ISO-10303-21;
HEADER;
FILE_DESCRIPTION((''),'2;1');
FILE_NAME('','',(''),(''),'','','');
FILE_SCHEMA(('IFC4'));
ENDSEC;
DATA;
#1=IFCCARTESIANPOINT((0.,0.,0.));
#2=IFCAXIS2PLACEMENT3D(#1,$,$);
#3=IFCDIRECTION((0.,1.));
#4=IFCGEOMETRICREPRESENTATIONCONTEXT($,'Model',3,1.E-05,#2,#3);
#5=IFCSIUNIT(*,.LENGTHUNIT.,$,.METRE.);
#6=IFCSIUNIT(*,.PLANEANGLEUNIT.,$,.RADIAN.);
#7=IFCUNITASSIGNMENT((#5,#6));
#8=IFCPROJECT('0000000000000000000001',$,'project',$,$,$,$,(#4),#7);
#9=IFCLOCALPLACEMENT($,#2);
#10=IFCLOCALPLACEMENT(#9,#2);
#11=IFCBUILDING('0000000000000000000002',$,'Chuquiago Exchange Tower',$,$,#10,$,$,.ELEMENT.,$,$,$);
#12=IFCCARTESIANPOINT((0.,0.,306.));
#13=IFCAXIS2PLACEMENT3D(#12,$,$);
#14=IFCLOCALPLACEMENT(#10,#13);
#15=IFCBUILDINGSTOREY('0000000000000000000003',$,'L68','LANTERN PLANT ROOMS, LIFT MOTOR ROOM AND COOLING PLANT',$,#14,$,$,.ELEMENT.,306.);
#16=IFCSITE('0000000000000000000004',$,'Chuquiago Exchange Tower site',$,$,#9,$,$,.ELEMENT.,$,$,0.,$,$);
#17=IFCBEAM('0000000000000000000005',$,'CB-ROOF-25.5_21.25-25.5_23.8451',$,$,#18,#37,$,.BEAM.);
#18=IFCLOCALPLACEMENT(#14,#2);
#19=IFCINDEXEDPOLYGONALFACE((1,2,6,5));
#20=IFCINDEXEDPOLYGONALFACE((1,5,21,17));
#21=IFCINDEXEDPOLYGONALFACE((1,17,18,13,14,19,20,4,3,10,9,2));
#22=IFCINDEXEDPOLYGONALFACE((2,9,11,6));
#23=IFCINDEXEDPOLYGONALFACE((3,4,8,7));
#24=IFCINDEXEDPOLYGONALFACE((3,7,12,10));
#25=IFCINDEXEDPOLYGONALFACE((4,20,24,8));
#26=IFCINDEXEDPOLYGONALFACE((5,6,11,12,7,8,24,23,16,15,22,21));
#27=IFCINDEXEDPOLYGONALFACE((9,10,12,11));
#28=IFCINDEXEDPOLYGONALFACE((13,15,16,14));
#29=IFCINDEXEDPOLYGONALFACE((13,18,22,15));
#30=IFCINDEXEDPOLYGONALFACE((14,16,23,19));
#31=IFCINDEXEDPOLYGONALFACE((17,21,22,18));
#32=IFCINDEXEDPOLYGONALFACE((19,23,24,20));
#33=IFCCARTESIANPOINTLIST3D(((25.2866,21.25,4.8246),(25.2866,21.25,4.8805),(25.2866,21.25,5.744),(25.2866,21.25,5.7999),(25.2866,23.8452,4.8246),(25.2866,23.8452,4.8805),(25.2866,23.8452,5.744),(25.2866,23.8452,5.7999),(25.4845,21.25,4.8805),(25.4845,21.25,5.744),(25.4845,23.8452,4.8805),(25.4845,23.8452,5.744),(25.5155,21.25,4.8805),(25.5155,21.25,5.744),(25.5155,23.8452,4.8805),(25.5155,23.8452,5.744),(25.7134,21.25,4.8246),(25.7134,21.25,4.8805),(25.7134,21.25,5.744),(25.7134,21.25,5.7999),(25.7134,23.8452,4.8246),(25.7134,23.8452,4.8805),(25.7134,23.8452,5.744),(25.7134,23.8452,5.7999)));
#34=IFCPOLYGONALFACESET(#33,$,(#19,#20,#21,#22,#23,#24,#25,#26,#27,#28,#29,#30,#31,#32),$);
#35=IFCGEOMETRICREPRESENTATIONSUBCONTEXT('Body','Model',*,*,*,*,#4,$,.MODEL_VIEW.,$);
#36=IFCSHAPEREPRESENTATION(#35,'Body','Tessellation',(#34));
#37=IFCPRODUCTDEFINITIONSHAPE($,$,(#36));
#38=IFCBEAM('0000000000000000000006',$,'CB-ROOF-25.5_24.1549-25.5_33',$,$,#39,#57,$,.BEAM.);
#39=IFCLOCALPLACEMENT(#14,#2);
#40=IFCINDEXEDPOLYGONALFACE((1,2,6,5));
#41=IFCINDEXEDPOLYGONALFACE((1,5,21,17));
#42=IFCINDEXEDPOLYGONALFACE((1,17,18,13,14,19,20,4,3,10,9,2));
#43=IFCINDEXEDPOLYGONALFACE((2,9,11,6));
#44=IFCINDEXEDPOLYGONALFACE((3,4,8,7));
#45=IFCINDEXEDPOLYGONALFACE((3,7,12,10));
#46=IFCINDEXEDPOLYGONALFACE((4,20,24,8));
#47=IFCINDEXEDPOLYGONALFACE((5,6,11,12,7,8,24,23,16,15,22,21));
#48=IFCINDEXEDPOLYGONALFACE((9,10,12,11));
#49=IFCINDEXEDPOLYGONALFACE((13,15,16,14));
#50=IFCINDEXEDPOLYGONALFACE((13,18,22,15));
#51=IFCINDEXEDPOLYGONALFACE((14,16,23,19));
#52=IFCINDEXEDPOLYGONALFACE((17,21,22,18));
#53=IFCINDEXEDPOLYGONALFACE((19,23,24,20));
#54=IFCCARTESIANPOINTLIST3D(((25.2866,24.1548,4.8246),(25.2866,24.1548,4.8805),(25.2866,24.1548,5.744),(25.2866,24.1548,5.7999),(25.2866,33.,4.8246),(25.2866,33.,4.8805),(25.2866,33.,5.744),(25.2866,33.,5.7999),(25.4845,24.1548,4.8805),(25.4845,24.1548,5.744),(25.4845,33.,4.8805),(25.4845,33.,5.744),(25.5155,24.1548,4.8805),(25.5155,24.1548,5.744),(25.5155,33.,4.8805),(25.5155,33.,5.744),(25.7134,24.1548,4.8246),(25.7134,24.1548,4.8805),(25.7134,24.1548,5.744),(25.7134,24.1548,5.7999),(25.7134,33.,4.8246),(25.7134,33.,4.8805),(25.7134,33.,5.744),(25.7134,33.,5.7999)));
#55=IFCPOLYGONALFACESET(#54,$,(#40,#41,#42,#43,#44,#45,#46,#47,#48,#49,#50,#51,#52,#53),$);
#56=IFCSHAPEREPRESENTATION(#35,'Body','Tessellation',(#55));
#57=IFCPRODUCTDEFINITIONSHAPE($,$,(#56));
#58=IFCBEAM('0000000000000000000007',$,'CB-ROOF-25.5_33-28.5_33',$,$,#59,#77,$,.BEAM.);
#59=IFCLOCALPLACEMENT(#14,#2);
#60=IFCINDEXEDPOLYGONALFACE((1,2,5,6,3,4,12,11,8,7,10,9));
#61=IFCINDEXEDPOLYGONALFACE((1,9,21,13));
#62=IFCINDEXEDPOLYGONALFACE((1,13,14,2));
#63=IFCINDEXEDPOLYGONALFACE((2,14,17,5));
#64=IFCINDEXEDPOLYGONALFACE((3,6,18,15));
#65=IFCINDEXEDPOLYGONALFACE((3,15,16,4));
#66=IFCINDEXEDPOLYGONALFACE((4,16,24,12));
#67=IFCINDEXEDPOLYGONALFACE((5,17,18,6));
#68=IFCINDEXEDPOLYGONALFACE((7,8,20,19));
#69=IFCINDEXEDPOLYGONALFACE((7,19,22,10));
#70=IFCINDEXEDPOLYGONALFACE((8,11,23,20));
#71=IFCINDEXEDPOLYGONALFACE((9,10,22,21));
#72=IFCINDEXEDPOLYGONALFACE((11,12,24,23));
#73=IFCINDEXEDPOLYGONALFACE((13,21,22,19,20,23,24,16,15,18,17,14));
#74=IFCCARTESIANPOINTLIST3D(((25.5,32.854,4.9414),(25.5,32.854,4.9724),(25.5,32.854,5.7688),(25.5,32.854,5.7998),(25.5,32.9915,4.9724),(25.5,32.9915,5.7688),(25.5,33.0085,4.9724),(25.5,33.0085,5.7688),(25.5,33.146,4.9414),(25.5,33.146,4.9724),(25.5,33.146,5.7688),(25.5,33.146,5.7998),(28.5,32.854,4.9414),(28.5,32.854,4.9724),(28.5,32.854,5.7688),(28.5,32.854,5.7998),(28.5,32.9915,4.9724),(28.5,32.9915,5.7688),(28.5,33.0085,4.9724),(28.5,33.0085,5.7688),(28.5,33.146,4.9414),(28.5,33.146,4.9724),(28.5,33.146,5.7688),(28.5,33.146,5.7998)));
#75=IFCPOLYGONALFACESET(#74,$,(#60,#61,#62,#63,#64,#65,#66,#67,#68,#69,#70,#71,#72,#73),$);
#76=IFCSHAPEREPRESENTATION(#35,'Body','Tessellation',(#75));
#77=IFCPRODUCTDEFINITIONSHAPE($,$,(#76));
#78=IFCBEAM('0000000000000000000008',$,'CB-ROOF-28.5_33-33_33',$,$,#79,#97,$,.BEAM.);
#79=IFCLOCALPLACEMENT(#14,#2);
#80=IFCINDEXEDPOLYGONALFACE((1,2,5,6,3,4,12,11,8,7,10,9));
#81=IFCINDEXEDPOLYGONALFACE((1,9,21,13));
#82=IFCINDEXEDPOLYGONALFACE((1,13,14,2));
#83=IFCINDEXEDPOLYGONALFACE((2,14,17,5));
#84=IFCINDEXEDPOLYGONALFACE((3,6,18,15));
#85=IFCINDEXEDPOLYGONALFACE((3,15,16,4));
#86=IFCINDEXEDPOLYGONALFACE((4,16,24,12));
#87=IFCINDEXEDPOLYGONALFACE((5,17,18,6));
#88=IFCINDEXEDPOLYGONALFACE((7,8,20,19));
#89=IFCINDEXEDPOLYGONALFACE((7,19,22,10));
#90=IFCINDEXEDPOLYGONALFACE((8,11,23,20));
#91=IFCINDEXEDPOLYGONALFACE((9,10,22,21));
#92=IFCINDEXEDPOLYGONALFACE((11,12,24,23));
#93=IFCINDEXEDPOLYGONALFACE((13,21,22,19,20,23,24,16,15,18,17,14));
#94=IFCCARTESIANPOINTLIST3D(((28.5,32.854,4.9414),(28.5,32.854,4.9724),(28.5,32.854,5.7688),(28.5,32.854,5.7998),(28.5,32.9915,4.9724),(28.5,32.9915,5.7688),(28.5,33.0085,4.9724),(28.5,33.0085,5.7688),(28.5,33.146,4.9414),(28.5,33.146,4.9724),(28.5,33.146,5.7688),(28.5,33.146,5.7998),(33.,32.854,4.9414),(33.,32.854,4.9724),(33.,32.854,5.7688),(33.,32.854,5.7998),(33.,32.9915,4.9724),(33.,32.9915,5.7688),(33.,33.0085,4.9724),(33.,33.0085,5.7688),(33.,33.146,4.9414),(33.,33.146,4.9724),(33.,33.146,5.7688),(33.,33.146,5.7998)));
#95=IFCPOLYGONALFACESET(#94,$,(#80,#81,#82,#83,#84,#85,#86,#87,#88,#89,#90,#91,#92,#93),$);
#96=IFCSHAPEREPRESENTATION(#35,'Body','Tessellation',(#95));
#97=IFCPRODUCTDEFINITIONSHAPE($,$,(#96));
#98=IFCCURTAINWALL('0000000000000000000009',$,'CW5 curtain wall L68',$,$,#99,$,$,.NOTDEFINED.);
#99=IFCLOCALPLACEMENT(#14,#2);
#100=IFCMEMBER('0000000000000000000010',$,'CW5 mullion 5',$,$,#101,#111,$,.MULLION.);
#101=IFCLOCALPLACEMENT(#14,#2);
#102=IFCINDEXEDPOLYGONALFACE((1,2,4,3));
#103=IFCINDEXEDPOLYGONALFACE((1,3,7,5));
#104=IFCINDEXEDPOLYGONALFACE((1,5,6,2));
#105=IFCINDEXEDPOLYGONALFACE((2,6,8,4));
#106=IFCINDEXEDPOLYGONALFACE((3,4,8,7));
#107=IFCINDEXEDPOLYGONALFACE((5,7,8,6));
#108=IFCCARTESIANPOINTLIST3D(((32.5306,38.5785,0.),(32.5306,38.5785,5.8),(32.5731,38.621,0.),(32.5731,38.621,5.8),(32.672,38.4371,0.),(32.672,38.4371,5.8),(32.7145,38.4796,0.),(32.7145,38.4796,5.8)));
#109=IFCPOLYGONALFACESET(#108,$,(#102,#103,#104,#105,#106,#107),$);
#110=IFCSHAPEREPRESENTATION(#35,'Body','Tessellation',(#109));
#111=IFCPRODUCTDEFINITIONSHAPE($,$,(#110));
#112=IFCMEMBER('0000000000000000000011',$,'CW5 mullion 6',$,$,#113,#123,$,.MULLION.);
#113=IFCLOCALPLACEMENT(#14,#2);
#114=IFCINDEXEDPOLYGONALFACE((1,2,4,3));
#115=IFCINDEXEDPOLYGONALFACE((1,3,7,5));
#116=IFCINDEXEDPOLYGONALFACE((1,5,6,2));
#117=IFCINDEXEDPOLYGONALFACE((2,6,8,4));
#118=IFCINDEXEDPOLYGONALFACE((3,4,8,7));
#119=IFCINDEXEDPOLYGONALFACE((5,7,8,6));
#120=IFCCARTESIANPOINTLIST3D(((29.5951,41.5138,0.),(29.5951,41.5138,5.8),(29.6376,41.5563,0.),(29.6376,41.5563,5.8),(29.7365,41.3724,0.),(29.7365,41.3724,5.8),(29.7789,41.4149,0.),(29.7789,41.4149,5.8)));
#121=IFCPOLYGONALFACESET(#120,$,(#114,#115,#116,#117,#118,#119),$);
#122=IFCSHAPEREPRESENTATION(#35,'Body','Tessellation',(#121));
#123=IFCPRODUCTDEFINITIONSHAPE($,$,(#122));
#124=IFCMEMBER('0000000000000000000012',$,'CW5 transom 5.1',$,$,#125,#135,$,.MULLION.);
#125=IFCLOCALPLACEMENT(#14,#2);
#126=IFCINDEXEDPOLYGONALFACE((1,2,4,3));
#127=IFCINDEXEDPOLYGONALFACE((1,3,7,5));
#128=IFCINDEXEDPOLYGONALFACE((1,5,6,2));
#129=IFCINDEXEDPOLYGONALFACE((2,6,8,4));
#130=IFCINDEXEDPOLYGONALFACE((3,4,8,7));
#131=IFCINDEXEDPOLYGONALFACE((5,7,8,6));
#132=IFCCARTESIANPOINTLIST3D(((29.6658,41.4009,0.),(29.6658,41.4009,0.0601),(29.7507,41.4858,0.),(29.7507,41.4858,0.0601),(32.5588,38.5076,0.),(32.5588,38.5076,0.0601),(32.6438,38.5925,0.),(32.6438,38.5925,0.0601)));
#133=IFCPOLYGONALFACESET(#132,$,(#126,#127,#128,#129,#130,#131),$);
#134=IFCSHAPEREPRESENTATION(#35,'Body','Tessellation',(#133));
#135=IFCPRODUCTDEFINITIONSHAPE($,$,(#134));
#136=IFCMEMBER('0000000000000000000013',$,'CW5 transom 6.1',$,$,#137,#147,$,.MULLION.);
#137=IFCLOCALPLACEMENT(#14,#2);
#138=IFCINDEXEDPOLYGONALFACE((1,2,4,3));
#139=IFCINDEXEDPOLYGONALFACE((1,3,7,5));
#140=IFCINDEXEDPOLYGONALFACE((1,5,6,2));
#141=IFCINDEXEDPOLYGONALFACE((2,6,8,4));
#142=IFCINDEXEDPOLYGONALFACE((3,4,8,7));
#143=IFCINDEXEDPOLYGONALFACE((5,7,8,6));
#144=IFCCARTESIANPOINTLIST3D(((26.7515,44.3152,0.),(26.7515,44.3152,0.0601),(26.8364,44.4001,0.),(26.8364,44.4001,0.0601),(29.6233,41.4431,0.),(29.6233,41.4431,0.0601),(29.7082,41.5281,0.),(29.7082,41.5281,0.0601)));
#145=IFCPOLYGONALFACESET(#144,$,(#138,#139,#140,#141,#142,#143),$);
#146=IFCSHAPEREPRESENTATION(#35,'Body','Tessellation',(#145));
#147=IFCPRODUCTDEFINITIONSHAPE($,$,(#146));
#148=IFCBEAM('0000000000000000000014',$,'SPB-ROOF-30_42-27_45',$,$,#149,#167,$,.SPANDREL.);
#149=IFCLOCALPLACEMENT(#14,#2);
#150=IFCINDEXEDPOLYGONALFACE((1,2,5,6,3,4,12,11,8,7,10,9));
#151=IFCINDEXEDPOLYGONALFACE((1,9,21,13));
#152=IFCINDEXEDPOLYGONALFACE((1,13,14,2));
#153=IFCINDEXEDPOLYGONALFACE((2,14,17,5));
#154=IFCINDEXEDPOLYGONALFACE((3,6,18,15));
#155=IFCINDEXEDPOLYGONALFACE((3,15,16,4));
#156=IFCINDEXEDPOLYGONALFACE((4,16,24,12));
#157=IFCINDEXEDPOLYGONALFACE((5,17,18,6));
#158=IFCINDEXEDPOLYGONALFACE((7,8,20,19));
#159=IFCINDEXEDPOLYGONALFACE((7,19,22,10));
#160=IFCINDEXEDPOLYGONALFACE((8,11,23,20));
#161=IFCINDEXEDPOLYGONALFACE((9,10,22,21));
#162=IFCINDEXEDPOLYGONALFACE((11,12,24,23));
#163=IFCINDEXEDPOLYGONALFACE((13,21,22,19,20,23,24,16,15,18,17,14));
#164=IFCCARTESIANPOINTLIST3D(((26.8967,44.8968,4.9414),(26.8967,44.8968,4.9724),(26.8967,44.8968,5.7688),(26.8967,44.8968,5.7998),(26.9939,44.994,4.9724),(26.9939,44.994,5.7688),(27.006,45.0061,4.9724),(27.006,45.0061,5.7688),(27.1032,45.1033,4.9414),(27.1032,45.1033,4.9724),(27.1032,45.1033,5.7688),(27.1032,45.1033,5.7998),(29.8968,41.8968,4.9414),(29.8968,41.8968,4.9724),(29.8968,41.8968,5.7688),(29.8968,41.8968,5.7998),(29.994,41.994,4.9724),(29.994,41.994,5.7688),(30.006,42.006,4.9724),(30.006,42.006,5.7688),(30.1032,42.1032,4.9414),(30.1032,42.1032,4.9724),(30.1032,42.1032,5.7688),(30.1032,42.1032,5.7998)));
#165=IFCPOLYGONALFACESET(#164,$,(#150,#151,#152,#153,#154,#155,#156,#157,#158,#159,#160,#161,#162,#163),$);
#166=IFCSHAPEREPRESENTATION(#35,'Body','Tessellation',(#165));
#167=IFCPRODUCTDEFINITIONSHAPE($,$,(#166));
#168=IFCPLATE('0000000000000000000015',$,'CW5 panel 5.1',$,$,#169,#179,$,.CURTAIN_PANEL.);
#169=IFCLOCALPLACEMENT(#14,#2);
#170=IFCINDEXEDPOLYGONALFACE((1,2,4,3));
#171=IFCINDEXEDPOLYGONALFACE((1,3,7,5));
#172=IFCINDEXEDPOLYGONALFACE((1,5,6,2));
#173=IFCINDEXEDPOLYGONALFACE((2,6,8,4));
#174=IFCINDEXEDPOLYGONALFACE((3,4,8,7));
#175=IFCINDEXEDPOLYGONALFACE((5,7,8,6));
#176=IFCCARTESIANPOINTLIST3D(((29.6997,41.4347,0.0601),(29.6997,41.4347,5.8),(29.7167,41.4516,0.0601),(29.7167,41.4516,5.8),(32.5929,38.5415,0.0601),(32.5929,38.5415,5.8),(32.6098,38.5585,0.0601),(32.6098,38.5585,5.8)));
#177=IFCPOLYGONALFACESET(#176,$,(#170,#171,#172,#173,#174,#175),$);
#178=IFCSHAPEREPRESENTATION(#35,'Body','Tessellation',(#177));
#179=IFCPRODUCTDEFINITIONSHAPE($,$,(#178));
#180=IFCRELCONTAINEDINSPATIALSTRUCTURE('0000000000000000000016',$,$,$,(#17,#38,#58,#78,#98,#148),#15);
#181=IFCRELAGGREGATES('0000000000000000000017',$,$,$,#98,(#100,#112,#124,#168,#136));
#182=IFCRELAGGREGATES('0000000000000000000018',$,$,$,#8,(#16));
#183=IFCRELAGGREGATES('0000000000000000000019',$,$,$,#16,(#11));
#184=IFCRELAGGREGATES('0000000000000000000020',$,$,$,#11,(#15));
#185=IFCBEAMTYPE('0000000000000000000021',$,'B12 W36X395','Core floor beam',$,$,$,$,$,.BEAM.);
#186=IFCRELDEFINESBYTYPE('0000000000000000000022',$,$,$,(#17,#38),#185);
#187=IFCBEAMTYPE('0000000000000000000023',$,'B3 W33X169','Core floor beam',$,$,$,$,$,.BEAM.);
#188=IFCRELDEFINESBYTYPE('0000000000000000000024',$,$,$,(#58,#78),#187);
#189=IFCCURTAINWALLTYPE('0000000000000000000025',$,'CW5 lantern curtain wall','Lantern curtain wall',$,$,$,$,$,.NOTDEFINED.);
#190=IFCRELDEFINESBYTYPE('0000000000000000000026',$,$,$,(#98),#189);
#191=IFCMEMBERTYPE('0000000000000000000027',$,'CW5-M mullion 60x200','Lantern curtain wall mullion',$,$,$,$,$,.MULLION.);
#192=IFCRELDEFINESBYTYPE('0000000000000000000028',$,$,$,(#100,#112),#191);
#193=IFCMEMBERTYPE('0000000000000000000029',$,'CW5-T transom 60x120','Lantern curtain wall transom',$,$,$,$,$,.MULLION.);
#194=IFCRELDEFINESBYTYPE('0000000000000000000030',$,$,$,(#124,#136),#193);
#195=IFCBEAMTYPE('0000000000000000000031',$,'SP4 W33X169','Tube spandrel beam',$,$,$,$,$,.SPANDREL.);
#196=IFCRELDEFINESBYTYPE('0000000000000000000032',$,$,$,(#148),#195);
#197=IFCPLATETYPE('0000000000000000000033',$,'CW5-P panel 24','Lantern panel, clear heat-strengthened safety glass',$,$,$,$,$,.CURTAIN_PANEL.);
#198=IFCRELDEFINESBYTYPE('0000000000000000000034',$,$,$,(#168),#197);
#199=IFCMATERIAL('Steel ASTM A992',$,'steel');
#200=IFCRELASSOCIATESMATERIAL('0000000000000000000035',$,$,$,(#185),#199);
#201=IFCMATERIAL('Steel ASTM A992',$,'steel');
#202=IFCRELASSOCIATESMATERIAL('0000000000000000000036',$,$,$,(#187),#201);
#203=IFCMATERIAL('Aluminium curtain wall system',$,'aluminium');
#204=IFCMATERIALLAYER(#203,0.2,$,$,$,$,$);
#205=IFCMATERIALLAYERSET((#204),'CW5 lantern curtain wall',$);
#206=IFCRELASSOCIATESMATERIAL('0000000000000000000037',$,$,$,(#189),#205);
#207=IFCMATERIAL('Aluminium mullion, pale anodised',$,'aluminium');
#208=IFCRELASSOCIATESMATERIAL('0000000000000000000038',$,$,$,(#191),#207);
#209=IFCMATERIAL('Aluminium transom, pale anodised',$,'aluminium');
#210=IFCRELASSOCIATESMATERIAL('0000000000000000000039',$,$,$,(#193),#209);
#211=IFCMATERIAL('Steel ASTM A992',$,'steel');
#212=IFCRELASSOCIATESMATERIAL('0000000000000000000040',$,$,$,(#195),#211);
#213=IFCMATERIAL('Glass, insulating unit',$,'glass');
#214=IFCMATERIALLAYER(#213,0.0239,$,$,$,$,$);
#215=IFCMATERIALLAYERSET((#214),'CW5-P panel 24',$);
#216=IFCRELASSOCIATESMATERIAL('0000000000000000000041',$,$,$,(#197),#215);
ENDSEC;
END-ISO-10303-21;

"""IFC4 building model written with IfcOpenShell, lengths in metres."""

from ifc_helpers import new_model, si_unit, direction, frame, origin, origin_2d, place, context, subcontext, project, spatial, rectangle, i_section, extrude, material, layer, layer_set, material_profile, profile_set, type_object, element, aggregate, save


model = new_model("IFC4")

# Units and contexts
model_context = context("Model", 3, precision=1e-05, world=origin(), true_north=direction((0.0, 1.0)))
body_context = subcontext(model_context, "Body", "Model", "MODEL_VIEW")
ifc_project = project(units=[si_unit("LENGTHUNIT", "METRE"), si_unit("PLANEANGLEUNIT", "RADIAN")], contexts=[model_context])

# Site, building, storey
site_placement = place(None, origin())
site = spatial("IfcSite", under=ifc_project, at=site_placement, Name="Chuquiago Exchange Tower site", CompositionType="ELEMENT", RefElevation=0.0)
building_placement = place(site_placement, origin())
building = spatial("IfcBuilding", under=site, at=building_placement, Name="Chuquiago Exchange Tower", CompositionType="ELEMENT")
storey_placement = place(building_placement, frame((0.0, 0.0, 306.0)))
storey = spatial("IfcBuildingStorey", under=building, at=storey_placement, Name="L68", Description="LANTERN PLANT ROOMS, LIFT MOTOR ROOM AND COOLING PLANT", CompositionType="ELEMENT", Elevation=306.0)

# Beams
ifc_material_1 = material(Name="Steel ASTM A992", Category="steel")
ifc_material_profile_1 = material_profile(ifc_material_1, i_section(OverallWidth=0.4268, OverallDepth=0.9753, WebThickness=0.031, FlangeThickness=0.0559, at=origin_2d()), Name="W36X395")
ifc_profile_set_1 = profile_set([ifc_material_profile_1], Name="Steel ASTM A992")
beam_type_1 = type_object("IfcBeamType", Name="B12 W36X395", Description="Core floor beam", PredefinedType="BEAM", material=ifc_profile_set_1)
beam_1_placement = place(storey_placement, frame((25.5, 21.25, 5.3123), z_axis=(0.0, 1.0, 0.0), x_axis=(-1.0, 0.0, 0.0)))
element("IfcBeam", 1, at=beam_1_placement, inside=storey, type_object=beam_type_1, Name="CB-ROOF-25.5_21.25-25.5_23.8451", PredefinedType="BEAM", context=body_context, shape_type="SweptSolid", body=[
    extrude(i_section(OverallWidth=0.4268, OverallDepth=0.9753, WebThickness=0.031, FlangeThickness=0.0559, at=origin_2d()), origin(), (0.0, 0.0, 1.0), 2.5952),
])
beam_2_placement = place(storey_placement, frame((25.5, 24.1548, 5.3123), z_axis=(0.0, 1.0, 0.0), x_axis=(-1.0, 0.0, 0.0)))
element("IfcBeam", 2, at=beam_2_placement, inside=storey, type_object=beam_type_1, Name="CB-ROOF-25.5_24.1549-25.5_33", PredefinedType="BEAM", context=body_context, shape_type="SweptSolid", body=[
    extrude(i_section(OverallWidth=0.4268, OverallDepth=0.9753, WebThickness=0.031, FlangeThickness=0.0559, at=origin_2d()), origin(), (0.0, 0.0, 1.0), 8.8452),
])
ifc_material_2 = material(Name="Steel ASTM A992", Category="steel")
ifc_material_profile_2 = material_profile(ifc_material_2, i_section(OverallWidth=0.292, OverallDepth=0.8584, WebThickness=0.0171, FlangeThickness=0.031, at=origin_2d()), Name="W33X169")
ifc_profile_set_2 = profile_set([ifc_material_profile_2], Name="Steel ASTM A992")
beam_type_2 = type_object("IfcBeamType", Name="B3 W33X169", Description="Core floor beam", PredefinedType="BEAM", material=ifc_profile_set_2)
beam_3_placement = place(storey_placement, frame((25.5, 33.0, 5.3706), z_axis=(1.0, 0.0, 0.0), x_axis=(0.0, 1.0, 0.0)))
element("IfcBeam", 3, at=beam_3_placement, inside=storey, type_object=beam_type_2, Name="CB-ROOF-25.5_33-28.5_33", PredefinedType="BEAM", context=body_context, shape_type="SweptSolid", body=[
    extrude(i_section(OverallWidth=0.292, OverallDepth=0.8584, WebThickness=0.0171, FlangeThickness=0.031, at=origin_2d()), origin(), (0.0, 0.0, 1.0), 3.0),
])
beam_4_placement = place(storey_placement, frame((28.5, 33.0, 5.3706), z_axis=(1.0, 0.0, 0.0), x_axis=(0.0, 1.0, 0.0)))
element("IfcBeam", 4, at=beam_4_placement, inside=storey, type_object=beam_type_2, Name="CB-ROOF-28.5_33-33_33", PredefinedType="BEAM", context=body_context, shape_type="SweptSolid", body=[
    extrude(i_section(OverallWidth=0.292, OverallDepth=0.8584, WebThickness=0.0171, FlangeThickness=0.031, at=origin_2d()), origin(), (0.0, 0.0, 1.0), 4.5),
])

# Curtain wall, members
ifc_material_3 = material(Name="Aluminium curtain wall system", Category="aluminium")
ifc_layer_1 = layer(ifc_material_3, 0.2)
ifc_layer_set_1 = layer_set([ifc_layer_1], Name="CW5 lantern curtain wall")
curtain_wall_type = type_object("IfcCurtainWallType", Name="CW5 lantern curtain wall", Description="Lantern curtain wall", PredefinedType="NOTDEFINED", material=ifc_layer_set_1)
curtain_wall_placement = place(storey_placement, origin())
curtain_wall = element("IfcCurtainWall", 5, at=curtain_wall_placement, inside=storey, type_object=curtain_wall_type, Name="CW5 curtain wall L68", PredefinedType="NOTDEFINED")
ifc_material_4 = material(Name="Aluminium mullion, pale anodised", Category="aluminium")
ifc_material_profile_3 = material_profile(ifc_material_4, rectangle(XDim=0.0601, YDim=0.2, at=origin_2d()), Name="AL 60x200")
ifc_profile_set_3 = profile_set([ifc_material_profile_3], Name="Aluminium mullion, pale anodised")
member_type_1 = type_object("IfcMemberType", Name="CW5-M mullion 60x200", Description="Lantern curtain wall mullion", PredefinedType="MULLION", material=ifc_profile_set_3)
member_1_placement = place(storey_placement, frame((32.6226, 38.5291, 0.0), z_axis=(0.0, 0.0, 1.0), x_axis=(-0.707109, -0.707105, 0.0)))
member_1 = element("IfcMember", 6, at=member_1_placement, type_object=member_type_1, Name="CW5 mullion 5", PredefinedType="MULLION", context=body_context, shape_type="SweptSolid", body=[
    extrude(rectangle(XDim=0.0601, YDim=0.2, at=origin_2d()), origin(), (0.0, 0.0, 1.0), 5.8),
])
member_2_placement = place(storey_placement, frame((29.687, 41.4644, 0.0), z_axis=(0.0, 0.0, 1.0), x_axis=(-0.707109, -0.707105, 0.0)))
member_2 = element("IfcMember", 7, at=member_2_placement, type_object=member_type_1, Name="CW5 mullion 6", PredefinedType="MULLION", context=body_context, shape_type="SweptSolid", body=[
    extrude(rectangle(XDim=0.0601, YDim=0.2, at=origin_2d()), origin(), (0.0, 0.0, 1.0), 5.8),
])
ifc_material_5 = material(Name="Aluminium transom, pale anodised", Category="aluminium")
ifc_material_profile_4 = material_profile(ifc_material_5, rectangle(XDim=0.1201, YDim=0.0601, at=origin_2d()), Name="AL 120x60")
ifc_profile_set_4 = profile_set([ifc_material_profile_4], Name="Aluminium transom, pale anodised")
member_type_2 = type_object("IfcMemberType", Name="CW5-T transom 60x120", Description="Lantern curtain wall transom", PredefinedType="MULLION", material=ifc_profile_set_4)
member_3_placement = place(storey_placement, frame((32.6013, 38.55, 0.03), z_axis=(-0.707077, 0.707137, 0.0), x_axis=(-0.707137, -0.707077, 0.0)))
member_3 = element("IfcMember", 8, at=member_3_placement, type_object=member_type_2, Name="CW5 transom 5.1", PredefinedType="MULLION", context=body_context, shape_type="SweptSolid", body=[
    extrude(rectangle(XDim=0.1201, YDim=0.0601, at=origin_2d()), origin(), (0.0, 0.0, 1.0), 4.0916),
])
member_4_placement = place(storey_placement, frame((29.6658, 41.4856, 0.03), z_axis=(-0.707077, 0.707137, 0.0), x_axis=(-0.707137, -0.707077, 0.0)))
member_4 = element("IfcMember", 9, at=member_4_placement, type_object=member_type_2, Name="CW5 transom 6.1", PredefinedType="MULLION", context=body_context, shape_type="SweptSolid", body=[
    extrude(rectangle(XDim=0.1201, YDim=0.0601, at=origin_2d()), origin(), (0.0, 0.0, 1.0), 4.0615),
])

# Beam
ifc_material_6 = material(Name="Steel ASTM A992", Category="steel")
ifc_material_profile_5 = material_profile(ifc_material_6, i_section(OverallWidth=0.292, OverallDepth=0.8584, WebThickness=0.0171, FlangeThickness=0.031, at=origin_2d()), Name="W33X169")
ifc_profile_set_5 = profile_set([ifc_material_profile_5], Name="Steel ASTM A992")
beam_type_3 = type_object("IfcBeamType", Name="SP4 W33X169", Description="Tube spandrel beam", PredefinedType="SPANDREL", material=ifc_profile_set_5)
beam_5_placement = place(storey_placement, frame((30.0, 42.0, 5.3706), z_axis=(-0.707107, 0.707107, 0.0), x_axis=(-0.707107, -0.707107, 0.0)))
element("IfcBeam", 10, at=beam_5_placement, inside=storey, type_object=beam_type_3, Name="SPB-ROOF-30_42-27_45", PredefinedType="SPANDREL", context=body_context, shape_type="SweptSolid", body=[
    extrude(i_section(OverallWidth=0.292, OverallDepth=0.8584, WebThickness=0.0171, FlangeThickness=0.031, at=origin_2d()), origin(), (0.0, 0.0, 1.0), 4.2427),
])

# Plate
ifc_material_7 = material(Name="Glass, insulating unit", Category="glass")
ifc_layer_2 = layer(ifc_material_7, 0.0239)
ifc_layer_set_2 = layer_set([ifc_layer_2], Name="CW5-P panel 24")
plate_type = type_object("IfcPlateType", Name="CW5-P panel 24", Description="Lantern panel, clear heat-strengthened safety glass", PredefinedType="CURTAIN_PANEL", material=ifc_layer_set_2)
plate_placement = place(storey_placement, frame((31.1548, 39.9966, 0.0601), z_axis=(0.0, 0.0, 1.0), x_axis=(-0.707105, 0.707109, 0.0)))
plate = element("IfcPlate", 11, at=plate_placement, type_object=plate_type, Name="CW5 panel 5.1", PredefinedType="CURTAIN_PANEL", context=body_context, shape_type="SweptSolid", body=[
    extrude(rectangle(XDim=4.0916, YDim=0.0239, at=origin_2d()), origin(), (0.0, 0.0, 1.0), 5.74),
])
aggregate(curtain_wall, [member_1, member_2, member_3, plate, member_4])

save(model, "model.ifc")
